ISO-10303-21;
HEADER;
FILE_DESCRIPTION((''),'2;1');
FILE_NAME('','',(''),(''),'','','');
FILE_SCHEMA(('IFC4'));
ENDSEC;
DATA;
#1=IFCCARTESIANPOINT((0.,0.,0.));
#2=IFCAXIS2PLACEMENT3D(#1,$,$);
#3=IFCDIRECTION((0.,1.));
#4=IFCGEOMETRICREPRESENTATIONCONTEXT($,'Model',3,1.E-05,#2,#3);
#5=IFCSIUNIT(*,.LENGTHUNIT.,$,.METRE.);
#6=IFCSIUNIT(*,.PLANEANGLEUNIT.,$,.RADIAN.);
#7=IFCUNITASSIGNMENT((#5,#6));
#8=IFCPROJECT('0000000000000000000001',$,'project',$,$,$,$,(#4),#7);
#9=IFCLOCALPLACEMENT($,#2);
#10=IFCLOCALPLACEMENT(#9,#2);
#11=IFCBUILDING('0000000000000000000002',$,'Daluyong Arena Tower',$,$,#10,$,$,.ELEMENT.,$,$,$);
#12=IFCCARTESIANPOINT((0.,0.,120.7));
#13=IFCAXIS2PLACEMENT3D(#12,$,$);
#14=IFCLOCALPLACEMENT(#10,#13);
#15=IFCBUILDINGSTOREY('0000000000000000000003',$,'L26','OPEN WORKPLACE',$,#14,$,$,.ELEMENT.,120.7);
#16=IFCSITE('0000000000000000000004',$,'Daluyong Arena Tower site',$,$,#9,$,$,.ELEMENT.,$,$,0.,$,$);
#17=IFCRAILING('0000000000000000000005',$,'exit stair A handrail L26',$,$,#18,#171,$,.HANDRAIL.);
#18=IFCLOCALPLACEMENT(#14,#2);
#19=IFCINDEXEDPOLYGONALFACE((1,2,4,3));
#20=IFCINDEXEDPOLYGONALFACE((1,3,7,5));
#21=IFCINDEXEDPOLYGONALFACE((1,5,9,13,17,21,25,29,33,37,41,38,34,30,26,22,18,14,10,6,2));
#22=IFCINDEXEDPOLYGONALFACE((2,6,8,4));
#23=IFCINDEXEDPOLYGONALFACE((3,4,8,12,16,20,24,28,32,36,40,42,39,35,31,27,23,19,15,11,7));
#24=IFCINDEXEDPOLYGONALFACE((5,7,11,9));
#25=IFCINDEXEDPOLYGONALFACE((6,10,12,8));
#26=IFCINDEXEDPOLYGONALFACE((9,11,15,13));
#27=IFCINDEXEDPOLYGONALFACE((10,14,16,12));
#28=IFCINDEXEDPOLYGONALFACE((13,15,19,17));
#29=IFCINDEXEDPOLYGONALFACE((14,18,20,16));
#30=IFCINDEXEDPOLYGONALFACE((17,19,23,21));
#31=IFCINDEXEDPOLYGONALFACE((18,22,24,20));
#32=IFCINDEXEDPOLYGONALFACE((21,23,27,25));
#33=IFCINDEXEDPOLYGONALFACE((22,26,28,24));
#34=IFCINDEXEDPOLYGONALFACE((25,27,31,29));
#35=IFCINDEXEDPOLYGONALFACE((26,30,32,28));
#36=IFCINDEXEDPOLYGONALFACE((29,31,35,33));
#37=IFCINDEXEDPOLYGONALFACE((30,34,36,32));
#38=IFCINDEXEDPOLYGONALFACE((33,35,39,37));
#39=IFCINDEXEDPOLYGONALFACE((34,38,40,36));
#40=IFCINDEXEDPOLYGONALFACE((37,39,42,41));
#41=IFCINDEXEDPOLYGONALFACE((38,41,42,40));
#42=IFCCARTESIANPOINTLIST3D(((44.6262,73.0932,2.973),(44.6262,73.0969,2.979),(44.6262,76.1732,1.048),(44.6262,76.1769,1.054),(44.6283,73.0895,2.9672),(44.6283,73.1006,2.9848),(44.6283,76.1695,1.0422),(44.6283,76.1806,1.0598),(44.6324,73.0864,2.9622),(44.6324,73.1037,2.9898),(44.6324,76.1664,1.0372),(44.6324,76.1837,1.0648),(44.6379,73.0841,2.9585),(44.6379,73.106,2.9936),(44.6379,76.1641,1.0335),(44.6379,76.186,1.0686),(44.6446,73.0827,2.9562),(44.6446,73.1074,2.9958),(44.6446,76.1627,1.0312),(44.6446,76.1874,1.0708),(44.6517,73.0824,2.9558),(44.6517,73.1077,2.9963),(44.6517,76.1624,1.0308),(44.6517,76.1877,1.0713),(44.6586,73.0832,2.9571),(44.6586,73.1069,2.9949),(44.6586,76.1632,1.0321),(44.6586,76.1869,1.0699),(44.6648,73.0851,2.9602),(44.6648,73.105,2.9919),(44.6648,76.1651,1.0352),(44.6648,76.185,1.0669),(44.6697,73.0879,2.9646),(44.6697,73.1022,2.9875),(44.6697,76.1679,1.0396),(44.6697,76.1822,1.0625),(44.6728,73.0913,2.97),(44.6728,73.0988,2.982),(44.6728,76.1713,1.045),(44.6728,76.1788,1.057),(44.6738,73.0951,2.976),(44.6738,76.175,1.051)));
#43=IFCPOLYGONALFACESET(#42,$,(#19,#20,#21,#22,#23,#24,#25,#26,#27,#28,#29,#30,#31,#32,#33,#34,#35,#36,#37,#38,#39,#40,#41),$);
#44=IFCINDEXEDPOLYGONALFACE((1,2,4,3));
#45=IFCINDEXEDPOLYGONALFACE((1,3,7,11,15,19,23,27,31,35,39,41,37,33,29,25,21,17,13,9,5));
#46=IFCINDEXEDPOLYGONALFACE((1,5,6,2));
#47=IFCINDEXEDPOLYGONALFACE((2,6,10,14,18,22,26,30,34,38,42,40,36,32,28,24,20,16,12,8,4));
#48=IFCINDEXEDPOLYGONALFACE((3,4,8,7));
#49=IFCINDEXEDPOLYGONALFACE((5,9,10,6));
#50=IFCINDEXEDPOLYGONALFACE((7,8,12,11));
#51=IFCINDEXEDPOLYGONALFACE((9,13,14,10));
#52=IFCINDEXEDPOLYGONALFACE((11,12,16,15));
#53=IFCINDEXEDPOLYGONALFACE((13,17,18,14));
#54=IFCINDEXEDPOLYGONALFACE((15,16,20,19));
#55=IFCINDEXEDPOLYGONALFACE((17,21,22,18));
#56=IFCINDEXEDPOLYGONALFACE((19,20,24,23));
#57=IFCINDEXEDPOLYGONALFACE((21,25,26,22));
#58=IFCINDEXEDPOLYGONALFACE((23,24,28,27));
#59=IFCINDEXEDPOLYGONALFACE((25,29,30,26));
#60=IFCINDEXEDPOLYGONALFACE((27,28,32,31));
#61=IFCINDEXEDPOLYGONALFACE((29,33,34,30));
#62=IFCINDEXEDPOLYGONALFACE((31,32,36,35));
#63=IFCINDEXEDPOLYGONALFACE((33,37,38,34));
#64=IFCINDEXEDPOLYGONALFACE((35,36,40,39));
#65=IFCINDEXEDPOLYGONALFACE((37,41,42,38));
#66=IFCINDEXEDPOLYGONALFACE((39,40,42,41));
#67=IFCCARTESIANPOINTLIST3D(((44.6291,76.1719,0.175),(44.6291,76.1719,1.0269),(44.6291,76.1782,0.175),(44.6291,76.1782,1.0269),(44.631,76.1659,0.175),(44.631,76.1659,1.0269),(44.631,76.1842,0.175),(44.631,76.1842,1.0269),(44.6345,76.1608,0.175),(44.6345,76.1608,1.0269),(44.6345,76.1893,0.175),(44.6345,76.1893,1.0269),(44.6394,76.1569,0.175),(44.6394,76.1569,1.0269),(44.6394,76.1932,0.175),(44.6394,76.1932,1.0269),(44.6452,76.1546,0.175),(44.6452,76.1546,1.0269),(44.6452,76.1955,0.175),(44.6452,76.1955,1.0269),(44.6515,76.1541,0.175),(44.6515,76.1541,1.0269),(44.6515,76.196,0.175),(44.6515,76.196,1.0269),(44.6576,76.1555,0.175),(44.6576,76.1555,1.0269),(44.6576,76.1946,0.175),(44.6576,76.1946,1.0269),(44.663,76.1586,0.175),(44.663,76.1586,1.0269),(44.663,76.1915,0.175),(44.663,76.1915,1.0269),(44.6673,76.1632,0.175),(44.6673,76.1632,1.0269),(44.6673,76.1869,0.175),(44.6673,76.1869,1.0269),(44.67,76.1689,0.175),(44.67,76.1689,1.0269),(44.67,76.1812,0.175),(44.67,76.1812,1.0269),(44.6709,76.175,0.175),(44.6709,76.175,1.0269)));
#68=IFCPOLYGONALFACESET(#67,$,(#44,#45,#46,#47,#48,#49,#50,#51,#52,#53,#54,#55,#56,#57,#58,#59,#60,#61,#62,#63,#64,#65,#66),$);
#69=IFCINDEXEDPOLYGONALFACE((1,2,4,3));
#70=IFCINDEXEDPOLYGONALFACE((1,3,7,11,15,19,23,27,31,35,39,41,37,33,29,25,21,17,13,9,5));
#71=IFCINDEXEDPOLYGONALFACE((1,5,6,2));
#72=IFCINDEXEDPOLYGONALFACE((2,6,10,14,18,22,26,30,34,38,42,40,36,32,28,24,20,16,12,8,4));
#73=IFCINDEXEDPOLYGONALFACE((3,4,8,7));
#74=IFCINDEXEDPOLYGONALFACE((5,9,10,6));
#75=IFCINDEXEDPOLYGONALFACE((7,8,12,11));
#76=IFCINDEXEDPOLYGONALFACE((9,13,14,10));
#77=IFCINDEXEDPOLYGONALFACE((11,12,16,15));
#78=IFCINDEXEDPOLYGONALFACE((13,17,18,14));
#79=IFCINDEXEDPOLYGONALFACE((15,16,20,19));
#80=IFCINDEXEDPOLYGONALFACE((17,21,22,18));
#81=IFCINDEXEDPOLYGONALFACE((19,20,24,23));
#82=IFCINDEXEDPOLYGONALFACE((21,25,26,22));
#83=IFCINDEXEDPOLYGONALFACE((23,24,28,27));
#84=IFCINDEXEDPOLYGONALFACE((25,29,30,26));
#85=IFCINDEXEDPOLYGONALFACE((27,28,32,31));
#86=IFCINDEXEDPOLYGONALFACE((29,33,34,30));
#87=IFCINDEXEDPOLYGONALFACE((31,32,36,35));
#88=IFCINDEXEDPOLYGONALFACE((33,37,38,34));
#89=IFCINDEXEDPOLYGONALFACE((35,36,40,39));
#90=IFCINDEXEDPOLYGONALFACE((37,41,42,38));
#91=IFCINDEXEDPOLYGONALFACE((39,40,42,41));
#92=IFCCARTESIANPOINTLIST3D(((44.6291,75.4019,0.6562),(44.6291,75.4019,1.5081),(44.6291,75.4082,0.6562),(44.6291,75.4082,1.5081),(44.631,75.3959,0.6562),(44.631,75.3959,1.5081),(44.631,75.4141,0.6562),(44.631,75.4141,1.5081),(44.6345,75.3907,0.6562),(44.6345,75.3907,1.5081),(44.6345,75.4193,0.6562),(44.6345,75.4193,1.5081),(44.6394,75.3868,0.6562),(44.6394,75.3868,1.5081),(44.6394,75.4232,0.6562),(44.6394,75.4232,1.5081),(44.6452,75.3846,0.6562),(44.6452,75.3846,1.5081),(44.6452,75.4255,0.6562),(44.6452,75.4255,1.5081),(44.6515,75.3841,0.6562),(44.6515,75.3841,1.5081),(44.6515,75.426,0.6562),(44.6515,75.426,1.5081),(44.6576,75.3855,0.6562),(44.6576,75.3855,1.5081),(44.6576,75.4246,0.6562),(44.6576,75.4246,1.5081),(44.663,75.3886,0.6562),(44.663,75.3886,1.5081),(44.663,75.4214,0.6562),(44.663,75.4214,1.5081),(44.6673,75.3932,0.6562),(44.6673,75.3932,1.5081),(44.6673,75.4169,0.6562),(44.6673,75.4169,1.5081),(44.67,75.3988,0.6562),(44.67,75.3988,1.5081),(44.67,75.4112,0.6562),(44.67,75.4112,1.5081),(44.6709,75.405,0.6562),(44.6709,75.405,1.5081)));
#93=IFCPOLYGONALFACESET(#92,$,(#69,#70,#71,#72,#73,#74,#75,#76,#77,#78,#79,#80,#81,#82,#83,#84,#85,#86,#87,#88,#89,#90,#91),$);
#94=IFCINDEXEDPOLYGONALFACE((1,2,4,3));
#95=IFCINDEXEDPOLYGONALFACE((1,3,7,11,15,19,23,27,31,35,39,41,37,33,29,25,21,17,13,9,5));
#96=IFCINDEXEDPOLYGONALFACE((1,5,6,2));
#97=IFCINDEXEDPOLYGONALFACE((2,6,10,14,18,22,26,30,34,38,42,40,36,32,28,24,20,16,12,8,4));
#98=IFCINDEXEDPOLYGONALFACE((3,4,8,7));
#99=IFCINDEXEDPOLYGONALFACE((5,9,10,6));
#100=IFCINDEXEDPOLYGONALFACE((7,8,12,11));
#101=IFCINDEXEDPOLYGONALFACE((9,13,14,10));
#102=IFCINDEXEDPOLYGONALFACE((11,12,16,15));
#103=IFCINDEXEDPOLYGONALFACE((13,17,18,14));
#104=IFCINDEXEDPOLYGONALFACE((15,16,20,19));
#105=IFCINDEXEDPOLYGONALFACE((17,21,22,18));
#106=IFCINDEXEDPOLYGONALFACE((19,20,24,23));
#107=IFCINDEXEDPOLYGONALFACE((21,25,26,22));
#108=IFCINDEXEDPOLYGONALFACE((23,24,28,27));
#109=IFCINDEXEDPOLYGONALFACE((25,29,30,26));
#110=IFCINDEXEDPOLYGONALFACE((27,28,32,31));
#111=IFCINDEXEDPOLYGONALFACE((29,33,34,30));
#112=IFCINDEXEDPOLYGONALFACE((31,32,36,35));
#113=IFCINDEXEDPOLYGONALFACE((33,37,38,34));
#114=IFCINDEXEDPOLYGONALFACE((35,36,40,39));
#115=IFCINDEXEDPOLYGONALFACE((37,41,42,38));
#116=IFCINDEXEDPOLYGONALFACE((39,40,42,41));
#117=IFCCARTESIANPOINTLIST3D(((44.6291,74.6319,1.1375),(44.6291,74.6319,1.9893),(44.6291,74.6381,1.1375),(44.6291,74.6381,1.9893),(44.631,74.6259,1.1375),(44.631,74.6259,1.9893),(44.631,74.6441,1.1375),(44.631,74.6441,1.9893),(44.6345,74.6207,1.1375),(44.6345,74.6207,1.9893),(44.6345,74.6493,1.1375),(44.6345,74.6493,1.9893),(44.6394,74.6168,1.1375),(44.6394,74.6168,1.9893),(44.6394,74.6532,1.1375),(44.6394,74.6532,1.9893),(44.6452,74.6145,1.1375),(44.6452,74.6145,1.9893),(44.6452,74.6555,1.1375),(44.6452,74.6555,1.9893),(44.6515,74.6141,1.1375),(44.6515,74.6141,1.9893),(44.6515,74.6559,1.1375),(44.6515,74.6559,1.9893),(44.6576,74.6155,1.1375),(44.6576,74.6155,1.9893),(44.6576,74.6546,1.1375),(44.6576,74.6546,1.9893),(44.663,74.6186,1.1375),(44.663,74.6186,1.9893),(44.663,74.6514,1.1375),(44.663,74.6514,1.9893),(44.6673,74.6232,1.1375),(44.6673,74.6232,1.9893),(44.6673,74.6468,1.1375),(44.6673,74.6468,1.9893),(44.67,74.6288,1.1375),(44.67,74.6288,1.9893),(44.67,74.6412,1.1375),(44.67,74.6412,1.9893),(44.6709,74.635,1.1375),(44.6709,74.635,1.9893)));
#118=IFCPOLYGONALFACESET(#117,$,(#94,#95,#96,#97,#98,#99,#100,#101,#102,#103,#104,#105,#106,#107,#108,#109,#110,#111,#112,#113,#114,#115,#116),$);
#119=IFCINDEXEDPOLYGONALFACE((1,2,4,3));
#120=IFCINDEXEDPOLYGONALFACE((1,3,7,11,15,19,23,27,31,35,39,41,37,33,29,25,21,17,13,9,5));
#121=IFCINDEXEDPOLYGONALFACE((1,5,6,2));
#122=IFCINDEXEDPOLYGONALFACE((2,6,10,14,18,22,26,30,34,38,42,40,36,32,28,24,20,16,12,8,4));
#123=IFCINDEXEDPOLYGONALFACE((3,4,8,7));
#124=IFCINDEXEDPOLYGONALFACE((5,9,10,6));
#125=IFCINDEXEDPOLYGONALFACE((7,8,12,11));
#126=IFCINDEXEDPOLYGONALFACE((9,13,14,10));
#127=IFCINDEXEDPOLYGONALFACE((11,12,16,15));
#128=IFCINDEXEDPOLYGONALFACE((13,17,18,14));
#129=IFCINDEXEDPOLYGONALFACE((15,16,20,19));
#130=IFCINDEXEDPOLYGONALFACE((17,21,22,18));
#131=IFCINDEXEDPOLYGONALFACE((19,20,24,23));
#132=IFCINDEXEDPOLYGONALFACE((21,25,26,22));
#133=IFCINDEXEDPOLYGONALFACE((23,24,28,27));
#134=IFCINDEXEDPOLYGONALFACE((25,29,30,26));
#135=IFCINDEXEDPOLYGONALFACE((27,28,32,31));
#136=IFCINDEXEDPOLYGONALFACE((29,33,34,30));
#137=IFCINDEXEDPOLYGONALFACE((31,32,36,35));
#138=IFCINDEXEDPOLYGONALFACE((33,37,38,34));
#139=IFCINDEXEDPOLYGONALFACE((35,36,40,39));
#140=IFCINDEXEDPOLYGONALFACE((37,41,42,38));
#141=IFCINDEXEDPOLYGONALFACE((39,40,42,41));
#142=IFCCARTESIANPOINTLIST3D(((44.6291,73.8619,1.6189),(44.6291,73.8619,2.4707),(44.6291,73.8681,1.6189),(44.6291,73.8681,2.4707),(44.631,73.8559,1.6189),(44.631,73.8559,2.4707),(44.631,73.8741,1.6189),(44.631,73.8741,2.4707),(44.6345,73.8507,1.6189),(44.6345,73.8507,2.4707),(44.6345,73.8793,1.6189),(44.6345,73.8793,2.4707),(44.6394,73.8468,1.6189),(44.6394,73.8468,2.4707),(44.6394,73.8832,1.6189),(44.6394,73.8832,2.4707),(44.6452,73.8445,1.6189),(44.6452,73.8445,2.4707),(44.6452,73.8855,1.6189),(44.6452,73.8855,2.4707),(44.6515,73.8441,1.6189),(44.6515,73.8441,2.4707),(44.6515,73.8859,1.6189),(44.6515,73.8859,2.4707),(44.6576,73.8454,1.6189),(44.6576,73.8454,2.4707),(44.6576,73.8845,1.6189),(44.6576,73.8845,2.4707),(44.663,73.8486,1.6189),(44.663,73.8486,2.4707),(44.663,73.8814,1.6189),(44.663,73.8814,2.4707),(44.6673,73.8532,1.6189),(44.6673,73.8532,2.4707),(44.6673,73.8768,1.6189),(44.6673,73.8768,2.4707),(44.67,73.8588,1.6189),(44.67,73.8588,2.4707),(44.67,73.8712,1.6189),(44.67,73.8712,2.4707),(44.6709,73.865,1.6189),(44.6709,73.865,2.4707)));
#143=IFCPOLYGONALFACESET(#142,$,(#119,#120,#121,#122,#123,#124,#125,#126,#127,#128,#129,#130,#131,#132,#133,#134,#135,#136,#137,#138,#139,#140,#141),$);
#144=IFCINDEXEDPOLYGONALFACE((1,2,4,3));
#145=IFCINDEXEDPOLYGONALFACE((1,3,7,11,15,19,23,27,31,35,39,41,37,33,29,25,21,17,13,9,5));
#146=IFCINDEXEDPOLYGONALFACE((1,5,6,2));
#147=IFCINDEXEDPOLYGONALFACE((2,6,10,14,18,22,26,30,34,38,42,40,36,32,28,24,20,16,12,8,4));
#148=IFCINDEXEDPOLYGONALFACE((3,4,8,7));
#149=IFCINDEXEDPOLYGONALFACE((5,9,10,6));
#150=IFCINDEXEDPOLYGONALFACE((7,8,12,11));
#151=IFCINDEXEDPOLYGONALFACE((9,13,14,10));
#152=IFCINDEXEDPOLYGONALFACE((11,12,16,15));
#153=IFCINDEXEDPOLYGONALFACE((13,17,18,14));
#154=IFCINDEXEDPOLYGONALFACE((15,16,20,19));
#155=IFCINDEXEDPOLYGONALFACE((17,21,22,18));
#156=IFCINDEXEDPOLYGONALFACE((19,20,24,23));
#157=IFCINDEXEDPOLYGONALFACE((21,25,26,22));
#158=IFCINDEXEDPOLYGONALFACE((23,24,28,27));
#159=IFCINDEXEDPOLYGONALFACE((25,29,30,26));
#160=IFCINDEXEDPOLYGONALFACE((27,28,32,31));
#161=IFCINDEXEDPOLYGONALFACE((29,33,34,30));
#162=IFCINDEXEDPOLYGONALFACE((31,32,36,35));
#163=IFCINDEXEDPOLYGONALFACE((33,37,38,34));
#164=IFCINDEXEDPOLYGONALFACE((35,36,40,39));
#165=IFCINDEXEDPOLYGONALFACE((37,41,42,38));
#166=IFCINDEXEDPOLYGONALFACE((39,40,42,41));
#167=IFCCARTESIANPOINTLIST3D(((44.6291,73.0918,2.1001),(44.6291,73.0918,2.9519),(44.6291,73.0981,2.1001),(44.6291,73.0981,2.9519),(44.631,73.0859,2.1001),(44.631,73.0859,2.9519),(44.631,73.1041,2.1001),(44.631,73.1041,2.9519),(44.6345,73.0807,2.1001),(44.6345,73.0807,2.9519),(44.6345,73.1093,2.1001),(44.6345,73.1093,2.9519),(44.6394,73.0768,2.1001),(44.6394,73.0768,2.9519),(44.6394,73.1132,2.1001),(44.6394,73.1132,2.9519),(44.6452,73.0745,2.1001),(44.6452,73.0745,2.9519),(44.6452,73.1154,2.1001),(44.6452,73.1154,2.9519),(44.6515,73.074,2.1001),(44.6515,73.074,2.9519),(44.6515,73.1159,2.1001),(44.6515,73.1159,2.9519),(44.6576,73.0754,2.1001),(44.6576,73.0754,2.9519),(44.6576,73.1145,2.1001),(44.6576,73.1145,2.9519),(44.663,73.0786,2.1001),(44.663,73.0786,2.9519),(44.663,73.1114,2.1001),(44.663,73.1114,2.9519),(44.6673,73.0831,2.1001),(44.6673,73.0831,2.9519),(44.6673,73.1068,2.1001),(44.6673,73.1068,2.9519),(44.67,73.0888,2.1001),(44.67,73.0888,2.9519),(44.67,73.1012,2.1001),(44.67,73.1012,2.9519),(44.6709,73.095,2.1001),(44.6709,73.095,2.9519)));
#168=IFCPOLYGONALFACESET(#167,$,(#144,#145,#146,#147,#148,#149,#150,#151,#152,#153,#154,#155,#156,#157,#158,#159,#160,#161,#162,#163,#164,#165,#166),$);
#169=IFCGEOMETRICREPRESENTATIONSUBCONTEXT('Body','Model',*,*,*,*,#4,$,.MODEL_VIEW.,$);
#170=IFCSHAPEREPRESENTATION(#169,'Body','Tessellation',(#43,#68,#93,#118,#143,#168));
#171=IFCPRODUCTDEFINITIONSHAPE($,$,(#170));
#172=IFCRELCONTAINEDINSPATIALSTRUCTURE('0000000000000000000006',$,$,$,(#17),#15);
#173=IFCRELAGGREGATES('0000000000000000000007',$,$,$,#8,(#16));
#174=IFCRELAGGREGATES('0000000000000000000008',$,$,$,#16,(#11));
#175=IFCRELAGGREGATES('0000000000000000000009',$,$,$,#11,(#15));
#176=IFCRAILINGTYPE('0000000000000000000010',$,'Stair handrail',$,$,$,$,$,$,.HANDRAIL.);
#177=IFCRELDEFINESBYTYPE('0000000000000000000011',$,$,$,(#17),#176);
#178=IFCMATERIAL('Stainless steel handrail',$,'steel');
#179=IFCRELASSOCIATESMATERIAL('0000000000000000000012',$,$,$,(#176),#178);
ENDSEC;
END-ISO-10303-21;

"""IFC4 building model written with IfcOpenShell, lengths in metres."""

from ifc_helpers import new_model, si_unit, direction, frame, origin, origin_2d, place, context, subcontext, project, spatial, circle, extrude, material, type_object, element, save


model = new_model("IFC4")

# Units and contexts
model_context = context("Model", 3, precision=1e-05, world=origin(), true_north=direction((0.0, 1.0)))
body_context = subcontext(model_context, "Body", "Model", "MODEL_VIEW")
ifc_project = project(units=[si_unit("LENGTHUNIT", "METRE"), si_unit("PLANEANGLEUNIT", "RADIAN")], contexts=[model_context])

# Site, building, storey
site_placement = place(None, origin())
site = spatial("IfcSite", under=ifc_project, at=site_placement, Name="Daluyong Arena Tower site", CompositionType="ELEMENT", RefElevation=0.0)
building_placement = place(site_placement, origin())
building = spatial("IfcBuilding", under=site, at=building_placement, Name="Daluyong Arena Tower", CompositionType="ELEMENT")
storey_placement = place(building_placement, frame((0.0, 0.0, 120.7)))
storey = spatial("IfcBuildingStorey", under=building, at=storey_placement, Name="L26", Description="OPEN WORKPLACE", CompositionType="ELEMENT", Elevation=120.7)

# Railing
ifc_material_1 = material(Name="Stainless steel handrail", Category="steel")
railing_type_1 = type_object("IfcRailingType", Name="Stair handrail", PredefinedType="HANDRAIL", material=ifc_material_1)
railing_1_placement = place(storey_placement, frame((44.6499, 76.175, 0.175)))
element("IfcRailing", 1, at=railing_1_placement, inside=storey, type_object=railing_type_1, Name="exit stair A handrail L26", PredefinedType="HANDRAIL", context=body_context, shape_type="SweptSolid", body=[
    extrude(circle(Radius=0.0239, at=origin_2d()), frame((0.0, 0.0, 0.876), z_axis=(0.0, -0.847998, 0.529999), x_axis=(1.0, 0.0, 0.0)), (0.0, 0.0, 1.0), 3.6321),
    extrude(circle(Radius=0.021, at=origin_2d()), origin(), (0.0, 0.0, 1.0), 0.8518),
    extrude(circle(Radius=0.021, at=origin_2d()), frame((0.0, -0.77, 0.4812)), (0.0, 0.0, 1.0), 0.8518),
    extrude(circle(Radius=0.021, at=origin_2d()), frame((0.0, -1.54, 0.9624)), (0.0, 0.0, 1.0), 0.8518),
    extrude(circle(Radius=0.021, at=origin_2d()), frame((0.0, -2.3101, 1.4438)), (0.0, 0.0, 1.0), 0.8518),
    extrude(circle(Radius=0.021, at=origin_2d()), frame((0.0, -3.0801, 1.925)), (0.0, 0.0, 1.0), 0.8518),
])

save(model, "model.ifc")
